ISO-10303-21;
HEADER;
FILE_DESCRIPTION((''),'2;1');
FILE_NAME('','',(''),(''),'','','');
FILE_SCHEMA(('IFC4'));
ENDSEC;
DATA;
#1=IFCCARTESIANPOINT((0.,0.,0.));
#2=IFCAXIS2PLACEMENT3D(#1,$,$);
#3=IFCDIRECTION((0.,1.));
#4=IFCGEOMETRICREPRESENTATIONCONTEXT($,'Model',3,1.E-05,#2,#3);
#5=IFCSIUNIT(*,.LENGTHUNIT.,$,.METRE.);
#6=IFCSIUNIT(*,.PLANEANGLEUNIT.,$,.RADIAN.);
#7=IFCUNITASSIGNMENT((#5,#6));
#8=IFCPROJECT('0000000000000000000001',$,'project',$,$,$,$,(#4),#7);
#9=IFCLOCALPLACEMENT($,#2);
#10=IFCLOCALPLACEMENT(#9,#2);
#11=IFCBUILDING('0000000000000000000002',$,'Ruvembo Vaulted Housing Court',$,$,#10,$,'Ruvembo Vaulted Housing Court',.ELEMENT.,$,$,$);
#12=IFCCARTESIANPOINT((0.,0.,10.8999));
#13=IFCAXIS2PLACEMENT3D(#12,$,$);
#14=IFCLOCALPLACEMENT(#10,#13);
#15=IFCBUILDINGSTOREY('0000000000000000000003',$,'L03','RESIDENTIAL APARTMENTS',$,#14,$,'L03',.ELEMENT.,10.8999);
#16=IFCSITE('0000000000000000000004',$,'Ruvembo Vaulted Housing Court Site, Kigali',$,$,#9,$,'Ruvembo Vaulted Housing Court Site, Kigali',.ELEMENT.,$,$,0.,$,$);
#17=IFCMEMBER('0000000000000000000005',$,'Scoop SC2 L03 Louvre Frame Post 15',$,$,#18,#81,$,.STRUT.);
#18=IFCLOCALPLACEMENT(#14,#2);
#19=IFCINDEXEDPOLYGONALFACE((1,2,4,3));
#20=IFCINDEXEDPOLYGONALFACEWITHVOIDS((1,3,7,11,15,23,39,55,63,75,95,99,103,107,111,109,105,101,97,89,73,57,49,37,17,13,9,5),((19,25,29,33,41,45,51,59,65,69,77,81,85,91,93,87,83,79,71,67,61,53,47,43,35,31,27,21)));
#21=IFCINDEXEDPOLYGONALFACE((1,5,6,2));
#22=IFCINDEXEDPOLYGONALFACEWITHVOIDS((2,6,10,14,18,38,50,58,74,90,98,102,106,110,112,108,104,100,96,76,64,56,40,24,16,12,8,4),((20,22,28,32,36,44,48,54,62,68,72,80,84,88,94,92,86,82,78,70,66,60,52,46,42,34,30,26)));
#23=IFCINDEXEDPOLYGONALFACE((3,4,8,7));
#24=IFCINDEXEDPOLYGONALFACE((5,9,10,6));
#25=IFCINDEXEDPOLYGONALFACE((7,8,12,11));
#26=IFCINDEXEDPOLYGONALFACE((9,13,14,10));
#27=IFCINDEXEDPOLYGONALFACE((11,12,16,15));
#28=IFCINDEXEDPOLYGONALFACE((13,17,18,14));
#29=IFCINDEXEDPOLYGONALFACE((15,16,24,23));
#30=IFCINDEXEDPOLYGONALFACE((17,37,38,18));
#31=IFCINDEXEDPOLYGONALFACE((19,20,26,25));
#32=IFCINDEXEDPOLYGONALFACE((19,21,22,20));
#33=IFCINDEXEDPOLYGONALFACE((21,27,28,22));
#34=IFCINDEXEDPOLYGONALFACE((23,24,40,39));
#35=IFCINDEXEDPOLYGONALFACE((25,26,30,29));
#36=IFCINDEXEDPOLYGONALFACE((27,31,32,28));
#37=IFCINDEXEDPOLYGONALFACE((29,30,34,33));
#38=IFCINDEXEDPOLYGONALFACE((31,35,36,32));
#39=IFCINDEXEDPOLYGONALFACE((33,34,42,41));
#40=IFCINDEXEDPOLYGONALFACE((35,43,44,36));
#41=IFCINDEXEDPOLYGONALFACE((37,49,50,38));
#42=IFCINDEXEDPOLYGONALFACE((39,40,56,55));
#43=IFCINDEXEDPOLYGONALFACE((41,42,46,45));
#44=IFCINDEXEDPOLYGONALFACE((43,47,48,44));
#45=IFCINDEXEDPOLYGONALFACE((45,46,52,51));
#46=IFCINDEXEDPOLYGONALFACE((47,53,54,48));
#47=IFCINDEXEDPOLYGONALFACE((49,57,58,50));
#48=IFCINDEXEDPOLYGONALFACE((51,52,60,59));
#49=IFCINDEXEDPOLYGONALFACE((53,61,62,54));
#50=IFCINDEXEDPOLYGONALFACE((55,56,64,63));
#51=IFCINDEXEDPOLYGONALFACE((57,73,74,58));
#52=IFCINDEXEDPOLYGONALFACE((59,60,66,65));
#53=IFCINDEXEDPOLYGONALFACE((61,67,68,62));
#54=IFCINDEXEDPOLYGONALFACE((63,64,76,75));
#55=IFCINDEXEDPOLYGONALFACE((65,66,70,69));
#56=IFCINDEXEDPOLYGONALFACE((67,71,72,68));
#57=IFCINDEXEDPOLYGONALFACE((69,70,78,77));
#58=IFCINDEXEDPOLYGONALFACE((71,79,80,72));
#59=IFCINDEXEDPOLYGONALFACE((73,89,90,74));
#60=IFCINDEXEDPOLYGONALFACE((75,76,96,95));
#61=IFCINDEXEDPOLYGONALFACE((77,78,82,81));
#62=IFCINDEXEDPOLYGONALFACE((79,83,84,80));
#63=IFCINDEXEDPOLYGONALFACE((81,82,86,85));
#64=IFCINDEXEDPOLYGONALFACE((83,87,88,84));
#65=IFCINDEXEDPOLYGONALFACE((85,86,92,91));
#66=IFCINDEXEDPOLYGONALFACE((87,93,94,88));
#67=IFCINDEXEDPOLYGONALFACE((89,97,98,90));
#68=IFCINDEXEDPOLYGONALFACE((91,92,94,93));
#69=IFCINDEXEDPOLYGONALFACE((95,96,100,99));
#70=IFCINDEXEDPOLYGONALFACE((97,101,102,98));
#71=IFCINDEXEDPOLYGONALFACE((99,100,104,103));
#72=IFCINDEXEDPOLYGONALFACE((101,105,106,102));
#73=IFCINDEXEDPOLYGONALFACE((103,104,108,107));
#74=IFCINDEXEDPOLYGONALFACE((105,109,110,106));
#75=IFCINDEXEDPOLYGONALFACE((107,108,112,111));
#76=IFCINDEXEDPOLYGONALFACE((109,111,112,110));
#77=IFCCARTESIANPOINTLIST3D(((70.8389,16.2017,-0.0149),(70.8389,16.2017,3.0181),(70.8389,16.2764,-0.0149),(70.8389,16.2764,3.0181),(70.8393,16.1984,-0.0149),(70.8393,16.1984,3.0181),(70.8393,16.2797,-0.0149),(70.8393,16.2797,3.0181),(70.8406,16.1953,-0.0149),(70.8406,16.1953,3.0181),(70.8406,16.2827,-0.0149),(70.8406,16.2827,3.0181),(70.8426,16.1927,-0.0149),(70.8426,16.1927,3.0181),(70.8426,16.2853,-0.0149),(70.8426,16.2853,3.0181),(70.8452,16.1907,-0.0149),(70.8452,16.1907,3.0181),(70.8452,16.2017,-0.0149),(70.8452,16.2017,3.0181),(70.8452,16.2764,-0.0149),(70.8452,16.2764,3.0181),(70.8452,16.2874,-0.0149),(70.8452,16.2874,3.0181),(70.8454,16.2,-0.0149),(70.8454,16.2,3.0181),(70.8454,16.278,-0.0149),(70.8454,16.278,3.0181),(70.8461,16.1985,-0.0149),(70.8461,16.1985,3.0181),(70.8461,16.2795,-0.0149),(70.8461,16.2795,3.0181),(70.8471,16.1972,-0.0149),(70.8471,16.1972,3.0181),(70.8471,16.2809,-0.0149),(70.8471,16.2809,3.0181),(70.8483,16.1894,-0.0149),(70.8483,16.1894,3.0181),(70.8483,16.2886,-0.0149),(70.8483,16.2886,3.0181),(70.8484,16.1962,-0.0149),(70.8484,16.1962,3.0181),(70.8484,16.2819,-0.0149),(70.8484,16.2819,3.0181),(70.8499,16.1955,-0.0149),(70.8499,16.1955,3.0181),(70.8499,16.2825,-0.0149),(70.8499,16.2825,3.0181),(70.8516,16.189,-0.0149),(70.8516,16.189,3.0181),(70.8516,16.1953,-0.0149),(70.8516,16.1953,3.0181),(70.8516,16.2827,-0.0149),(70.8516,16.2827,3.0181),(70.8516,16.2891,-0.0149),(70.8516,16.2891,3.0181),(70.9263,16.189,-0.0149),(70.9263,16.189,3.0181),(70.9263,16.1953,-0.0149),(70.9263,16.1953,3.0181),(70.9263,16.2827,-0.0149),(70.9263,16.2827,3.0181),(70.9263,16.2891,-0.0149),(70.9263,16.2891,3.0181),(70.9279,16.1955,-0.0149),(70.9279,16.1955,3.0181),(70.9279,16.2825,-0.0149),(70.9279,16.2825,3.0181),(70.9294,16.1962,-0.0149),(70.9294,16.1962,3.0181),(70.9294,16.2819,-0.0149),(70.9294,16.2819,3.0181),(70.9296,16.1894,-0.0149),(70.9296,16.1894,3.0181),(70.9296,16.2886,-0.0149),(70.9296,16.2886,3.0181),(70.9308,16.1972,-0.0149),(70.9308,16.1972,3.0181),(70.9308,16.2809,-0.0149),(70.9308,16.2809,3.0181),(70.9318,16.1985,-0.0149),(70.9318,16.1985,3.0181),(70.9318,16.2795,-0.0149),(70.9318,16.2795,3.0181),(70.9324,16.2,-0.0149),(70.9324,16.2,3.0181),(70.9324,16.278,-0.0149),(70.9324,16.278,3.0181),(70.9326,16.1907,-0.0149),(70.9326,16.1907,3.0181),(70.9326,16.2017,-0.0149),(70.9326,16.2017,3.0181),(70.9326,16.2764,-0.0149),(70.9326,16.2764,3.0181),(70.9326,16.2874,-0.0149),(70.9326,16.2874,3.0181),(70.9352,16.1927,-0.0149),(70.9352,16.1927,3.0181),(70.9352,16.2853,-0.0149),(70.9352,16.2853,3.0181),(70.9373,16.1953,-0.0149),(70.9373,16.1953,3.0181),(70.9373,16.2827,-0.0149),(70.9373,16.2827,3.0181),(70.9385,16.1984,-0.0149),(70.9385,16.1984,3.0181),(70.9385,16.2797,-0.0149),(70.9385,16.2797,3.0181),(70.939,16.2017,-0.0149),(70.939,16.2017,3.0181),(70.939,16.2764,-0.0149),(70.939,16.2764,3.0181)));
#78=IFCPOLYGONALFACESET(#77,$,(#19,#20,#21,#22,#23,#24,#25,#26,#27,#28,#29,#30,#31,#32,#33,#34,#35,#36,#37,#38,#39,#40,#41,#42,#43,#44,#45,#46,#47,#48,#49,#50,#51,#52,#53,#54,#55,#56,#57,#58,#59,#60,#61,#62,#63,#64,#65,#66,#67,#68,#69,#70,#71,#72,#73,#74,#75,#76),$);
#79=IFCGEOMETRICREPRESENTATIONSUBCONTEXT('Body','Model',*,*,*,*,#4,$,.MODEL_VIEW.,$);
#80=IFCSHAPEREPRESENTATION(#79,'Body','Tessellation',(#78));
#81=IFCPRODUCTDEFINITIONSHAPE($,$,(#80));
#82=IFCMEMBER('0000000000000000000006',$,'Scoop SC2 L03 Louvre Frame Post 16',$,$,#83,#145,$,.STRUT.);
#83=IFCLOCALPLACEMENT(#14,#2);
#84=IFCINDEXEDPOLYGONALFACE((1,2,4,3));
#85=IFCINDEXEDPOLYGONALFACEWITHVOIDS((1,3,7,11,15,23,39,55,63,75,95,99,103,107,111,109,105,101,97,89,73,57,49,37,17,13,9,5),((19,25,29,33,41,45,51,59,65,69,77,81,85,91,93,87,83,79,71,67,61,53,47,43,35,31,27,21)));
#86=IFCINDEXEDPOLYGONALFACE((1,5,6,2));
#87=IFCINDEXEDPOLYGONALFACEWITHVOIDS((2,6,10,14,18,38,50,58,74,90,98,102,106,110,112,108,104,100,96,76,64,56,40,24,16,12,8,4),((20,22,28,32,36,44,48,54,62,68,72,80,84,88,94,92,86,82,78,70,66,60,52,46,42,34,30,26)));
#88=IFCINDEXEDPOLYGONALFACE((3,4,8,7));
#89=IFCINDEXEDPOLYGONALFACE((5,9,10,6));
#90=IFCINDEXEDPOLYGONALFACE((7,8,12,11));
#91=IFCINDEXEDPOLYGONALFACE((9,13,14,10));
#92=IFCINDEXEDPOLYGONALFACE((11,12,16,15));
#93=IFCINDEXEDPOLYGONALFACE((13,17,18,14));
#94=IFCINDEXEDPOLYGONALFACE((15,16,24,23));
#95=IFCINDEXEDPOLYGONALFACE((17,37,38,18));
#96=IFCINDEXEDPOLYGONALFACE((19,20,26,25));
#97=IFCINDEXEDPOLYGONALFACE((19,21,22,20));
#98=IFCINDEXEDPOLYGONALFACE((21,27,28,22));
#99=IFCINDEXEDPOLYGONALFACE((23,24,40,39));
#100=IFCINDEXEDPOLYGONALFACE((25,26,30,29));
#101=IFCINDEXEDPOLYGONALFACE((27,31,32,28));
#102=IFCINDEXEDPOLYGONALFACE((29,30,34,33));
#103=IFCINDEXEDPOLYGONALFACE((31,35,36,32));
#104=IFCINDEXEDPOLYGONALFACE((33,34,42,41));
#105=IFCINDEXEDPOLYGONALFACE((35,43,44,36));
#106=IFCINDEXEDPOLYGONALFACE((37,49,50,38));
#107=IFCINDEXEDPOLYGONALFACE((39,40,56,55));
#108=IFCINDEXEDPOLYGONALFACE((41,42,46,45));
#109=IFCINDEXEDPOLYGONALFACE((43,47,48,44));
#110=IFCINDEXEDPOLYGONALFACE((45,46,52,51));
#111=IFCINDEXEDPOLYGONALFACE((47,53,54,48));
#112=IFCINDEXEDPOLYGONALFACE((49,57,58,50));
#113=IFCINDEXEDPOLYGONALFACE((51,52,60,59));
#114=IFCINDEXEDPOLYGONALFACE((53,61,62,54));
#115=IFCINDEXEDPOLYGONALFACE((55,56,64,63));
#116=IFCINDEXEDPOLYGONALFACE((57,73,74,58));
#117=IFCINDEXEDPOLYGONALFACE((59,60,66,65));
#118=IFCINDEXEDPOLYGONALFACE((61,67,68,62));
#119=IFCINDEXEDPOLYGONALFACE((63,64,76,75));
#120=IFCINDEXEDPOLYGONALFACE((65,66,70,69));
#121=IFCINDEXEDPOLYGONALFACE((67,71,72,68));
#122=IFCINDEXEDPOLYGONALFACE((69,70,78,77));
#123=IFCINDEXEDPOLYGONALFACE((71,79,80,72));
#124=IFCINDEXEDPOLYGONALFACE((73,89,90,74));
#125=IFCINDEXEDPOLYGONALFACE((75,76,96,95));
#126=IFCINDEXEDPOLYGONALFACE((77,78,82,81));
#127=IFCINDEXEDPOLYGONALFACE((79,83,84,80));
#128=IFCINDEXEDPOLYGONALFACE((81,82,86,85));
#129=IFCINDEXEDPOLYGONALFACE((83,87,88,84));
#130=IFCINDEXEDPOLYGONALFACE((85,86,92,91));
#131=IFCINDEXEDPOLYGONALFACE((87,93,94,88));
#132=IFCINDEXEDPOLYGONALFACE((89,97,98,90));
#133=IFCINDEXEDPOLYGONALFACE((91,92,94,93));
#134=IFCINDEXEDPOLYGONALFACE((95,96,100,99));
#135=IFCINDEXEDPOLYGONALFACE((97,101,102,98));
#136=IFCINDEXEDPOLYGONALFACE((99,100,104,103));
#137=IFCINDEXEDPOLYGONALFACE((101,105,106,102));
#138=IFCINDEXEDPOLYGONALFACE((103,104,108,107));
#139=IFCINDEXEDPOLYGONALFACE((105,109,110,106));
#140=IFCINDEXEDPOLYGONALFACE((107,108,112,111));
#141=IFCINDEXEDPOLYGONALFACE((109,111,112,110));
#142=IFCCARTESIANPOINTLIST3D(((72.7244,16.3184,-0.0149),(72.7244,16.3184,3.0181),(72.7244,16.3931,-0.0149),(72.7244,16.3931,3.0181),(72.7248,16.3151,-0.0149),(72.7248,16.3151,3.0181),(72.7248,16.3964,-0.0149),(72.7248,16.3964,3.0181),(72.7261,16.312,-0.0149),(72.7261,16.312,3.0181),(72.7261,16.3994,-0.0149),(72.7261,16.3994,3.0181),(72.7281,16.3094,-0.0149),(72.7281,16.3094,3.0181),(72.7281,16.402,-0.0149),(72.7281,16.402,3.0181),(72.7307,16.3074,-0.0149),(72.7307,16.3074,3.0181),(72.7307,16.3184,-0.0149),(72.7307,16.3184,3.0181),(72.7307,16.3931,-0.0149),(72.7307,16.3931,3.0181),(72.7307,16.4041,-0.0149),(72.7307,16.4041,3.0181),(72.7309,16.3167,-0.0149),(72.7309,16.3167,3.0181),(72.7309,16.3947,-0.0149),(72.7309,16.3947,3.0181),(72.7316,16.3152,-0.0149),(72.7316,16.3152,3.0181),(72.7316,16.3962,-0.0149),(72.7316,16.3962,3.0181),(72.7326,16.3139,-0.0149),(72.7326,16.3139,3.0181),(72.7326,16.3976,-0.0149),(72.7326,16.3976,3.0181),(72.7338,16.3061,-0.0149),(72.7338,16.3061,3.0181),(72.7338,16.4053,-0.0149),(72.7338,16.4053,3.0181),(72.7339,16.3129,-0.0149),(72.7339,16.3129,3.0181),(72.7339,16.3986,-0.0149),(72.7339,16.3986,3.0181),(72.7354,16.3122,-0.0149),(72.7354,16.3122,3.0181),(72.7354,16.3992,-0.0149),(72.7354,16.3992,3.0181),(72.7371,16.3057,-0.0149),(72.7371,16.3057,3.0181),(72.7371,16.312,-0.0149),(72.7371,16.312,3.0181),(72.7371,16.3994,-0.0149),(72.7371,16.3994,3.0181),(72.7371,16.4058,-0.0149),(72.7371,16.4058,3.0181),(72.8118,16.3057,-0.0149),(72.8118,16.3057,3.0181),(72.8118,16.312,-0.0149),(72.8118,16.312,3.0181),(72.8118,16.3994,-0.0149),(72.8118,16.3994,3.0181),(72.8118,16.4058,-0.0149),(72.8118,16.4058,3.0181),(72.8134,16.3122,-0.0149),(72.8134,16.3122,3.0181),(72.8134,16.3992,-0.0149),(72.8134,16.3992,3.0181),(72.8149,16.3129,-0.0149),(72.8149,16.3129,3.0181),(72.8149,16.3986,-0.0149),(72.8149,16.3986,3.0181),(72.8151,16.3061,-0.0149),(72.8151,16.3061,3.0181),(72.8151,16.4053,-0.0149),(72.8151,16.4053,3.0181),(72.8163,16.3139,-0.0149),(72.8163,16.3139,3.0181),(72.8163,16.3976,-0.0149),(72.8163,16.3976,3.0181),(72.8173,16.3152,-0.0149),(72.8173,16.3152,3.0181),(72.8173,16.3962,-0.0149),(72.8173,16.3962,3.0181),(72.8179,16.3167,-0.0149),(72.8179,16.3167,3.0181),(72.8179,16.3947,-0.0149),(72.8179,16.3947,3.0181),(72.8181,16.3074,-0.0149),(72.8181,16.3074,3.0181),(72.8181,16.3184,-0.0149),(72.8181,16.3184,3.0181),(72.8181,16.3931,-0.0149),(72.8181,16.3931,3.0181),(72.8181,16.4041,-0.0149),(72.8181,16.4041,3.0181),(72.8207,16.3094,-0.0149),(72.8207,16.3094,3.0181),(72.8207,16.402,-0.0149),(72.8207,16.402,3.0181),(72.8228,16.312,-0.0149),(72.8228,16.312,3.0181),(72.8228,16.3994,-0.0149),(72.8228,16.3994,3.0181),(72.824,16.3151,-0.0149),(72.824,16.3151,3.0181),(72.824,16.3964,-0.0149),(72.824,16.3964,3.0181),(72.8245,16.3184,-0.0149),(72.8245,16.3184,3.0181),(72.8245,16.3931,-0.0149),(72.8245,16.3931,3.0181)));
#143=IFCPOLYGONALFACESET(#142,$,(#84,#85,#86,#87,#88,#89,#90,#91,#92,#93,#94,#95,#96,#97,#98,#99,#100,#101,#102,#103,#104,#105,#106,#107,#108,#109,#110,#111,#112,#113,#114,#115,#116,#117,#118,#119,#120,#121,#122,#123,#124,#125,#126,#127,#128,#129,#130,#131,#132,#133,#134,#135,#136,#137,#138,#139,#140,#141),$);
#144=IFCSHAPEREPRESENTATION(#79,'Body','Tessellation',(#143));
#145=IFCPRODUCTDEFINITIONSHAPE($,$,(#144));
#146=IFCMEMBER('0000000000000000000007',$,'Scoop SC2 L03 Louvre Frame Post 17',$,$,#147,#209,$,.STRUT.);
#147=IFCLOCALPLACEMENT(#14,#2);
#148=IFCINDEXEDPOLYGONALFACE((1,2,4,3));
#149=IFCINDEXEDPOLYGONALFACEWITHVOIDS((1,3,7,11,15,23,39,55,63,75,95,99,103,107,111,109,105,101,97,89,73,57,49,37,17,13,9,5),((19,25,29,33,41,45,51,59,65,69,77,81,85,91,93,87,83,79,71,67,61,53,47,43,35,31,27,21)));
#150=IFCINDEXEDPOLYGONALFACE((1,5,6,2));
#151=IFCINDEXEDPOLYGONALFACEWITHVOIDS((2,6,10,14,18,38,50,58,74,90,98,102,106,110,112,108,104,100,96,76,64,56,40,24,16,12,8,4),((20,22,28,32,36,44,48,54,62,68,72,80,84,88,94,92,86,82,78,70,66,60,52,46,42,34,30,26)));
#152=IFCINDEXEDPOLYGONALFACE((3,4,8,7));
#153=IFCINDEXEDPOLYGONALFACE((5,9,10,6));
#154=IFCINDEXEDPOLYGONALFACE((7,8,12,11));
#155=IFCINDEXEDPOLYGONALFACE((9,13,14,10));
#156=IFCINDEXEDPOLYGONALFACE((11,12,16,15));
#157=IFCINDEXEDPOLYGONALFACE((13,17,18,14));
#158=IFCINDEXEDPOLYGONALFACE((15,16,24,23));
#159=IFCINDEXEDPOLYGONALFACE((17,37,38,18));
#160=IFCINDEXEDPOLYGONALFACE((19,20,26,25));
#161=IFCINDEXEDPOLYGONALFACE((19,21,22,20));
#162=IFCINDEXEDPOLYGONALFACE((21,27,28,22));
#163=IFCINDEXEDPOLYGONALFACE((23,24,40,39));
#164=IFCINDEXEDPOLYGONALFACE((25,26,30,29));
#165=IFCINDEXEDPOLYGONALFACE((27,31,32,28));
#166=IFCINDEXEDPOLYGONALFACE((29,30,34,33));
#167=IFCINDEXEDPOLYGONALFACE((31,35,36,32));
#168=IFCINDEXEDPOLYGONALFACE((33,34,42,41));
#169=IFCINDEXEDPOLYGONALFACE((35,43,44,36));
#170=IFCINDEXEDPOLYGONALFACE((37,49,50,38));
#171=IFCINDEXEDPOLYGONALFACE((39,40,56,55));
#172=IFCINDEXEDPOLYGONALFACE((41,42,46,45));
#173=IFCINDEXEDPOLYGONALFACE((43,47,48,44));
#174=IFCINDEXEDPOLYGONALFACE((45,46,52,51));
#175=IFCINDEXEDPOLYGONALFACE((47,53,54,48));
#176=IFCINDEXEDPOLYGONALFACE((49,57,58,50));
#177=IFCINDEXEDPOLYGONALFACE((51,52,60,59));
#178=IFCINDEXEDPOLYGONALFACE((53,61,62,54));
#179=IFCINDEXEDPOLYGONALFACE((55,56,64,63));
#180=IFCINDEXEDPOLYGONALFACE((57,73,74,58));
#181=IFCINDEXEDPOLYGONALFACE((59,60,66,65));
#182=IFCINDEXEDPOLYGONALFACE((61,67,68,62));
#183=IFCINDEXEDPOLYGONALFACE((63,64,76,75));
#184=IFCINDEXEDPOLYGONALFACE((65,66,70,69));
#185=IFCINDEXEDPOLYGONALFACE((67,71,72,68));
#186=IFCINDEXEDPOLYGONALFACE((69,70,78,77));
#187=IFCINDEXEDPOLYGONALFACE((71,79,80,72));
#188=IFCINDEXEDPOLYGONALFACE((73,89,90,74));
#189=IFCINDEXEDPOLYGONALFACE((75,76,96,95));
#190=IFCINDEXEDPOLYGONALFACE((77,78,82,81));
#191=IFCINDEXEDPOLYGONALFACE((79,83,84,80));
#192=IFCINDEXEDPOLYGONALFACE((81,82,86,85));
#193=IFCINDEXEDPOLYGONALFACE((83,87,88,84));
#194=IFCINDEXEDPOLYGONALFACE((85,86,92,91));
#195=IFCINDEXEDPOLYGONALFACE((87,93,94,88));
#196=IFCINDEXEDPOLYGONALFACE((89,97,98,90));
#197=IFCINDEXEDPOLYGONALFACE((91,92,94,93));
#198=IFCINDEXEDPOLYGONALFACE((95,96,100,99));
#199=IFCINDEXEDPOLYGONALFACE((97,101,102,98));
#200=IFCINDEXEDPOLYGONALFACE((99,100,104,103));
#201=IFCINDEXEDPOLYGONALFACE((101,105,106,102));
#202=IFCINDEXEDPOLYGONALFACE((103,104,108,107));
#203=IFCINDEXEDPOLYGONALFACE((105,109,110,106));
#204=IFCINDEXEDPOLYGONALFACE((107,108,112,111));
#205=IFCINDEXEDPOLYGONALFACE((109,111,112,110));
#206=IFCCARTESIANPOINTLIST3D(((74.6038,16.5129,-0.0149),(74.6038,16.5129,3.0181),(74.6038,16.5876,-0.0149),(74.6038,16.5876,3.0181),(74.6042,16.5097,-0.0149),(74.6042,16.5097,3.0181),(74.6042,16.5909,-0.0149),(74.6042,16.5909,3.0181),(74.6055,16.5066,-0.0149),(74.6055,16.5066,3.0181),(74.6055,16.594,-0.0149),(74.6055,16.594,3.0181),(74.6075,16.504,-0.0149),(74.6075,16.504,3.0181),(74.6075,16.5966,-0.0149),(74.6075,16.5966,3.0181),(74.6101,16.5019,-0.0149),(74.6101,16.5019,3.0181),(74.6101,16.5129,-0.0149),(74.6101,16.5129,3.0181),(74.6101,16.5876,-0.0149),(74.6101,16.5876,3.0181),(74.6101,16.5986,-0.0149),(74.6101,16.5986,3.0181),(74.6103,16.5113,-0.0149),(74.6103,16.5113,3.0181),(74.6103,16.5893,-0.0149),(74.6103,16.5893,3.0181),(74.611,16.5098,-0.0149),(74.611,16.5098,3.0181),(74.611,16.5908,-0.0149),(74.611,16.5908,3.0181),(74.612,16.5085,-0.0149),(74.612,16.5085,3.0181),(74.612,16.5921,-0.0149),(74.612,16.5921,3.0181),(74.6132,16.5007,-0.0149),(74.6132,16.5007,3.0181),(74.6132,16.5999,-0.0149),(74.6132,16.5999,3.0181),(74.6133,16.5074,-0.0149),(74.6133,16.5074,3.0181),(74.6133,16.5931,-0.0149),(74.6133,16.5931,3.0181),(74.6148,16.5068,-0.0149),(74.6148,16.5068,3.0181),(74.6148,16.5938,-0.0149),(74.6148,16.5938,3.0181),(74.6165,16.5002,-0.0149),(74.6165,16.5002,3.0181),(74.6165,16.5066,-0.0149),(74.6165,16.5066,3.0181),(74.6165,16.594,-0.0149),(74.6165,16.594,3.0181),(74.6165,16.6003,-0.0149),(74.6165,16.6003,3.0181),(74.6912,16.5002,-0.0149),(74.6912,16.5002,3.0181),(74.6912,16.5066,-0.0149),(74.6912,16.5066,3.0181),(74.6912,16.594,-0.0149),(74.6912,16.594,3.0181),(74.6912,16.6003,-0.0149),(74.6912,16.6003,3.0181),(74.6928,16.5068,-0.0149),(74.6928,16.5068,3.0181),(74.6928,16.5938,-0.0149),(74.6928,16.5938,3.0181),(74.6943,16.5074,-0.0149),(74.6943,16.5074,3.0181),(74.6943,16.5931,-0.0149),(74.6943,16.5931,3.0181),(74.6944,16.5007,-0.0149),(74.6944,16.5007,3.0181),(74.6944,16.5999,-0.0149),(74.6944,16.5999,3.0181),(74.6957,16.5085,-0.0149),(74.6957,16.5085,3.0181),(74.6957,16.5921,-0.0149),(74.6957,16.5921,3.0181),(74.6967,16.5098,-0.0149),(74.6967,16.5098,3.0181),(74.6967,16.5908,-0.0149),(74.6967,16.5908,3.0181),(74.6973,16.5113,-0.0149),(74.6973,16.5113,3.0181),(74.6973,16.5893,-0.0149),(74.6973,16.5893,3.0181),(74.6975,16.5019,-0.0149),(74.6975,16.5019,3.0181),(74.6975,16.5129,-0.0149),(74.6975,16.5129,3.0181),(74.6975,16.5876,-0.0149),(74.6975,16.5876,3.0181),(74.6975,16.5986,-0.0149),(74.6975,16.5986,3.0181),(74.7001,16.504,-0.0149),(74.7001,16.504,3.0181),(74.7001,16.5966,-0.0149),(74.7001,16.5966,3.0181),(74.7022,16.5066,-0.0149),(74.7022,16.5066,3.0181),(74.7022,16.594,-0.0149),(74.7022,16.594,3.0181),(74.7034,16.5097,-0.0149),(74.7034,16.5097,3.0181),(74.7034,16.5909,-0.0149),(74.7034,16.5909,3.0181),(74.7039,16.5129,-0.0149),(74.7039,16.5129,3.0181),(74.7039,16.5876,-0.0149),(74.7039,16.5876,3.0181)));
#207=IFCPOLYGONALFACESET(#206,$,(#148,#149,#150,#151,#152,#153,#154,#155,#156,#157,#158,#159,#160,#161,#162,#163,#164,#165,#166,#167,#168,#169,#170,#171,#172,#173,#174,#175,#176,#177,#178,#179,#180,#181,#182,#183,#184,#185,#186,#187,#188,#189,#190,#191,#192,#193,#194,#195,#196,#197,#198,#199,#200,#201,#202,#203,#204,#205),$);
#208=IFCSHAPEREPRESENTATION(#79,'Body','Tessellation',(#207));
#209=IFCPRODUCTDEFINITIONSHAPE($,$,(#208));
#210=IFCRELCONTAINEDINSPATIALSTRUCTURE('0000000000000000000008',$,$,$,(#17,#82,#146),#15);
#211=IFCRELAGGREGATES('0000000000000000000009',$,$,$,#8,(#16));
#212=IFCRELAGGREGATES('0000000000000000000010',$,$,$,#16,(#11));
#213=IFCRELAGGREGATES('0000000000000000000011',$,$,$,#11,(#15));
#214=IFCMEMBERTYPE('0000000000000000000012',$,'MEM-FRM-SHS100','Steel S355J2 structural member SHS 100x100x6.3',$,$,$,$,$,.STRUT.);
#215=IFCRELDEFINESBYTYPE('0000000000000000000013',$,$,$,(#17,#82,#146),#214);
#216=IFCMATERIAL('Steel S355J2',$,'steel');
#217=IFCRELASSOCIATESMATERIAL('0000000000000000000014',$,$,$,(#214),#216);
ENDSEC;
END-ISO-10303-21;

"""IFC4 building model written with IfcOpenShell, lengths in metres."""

from ifc_helpers import new_model, si_unit, direction, frame, origin, origin_2d, place, context, subcontext, project, spatial, hollow_rectangle, extrude, material, material_profile, profile_set, type_object, element, save


model = new_model("IFC4")

# Units and contexts
model_context = context("Model", 3, precision=1e-05, world=origin(), true_north=direction((0.0, 1.0)))
body_context = subcontext(model_context, "Body", "Model", "MODEL_VIEW")
ifc_project = project(units=[si_unit("LENGTHUNIT", "METRE"), si_unit("PLANEANGLEUNIT", "RADIAN")], contexts=[model_context])

# Site, building, storey
site_placement = place(None, origin())
site = spatial("IfcSite", under=ifc_project, at=site_placement, Name="Ruvembo Vaulted Housing Court Site, Kigali", LongName="Ruvembo Vaulted Housing Court Site, Kigali", CompositionType="ELEMENT", RefElevation=0.0)
building_placement = place(site_placement, origin())
building = spatial("IfcBuilding", under=site, at=building_placement, Name="Ruvembo Vaulted Housing Court", LongName="Ruvembo Vaulted Housing Court", CompositionType="ELEMENT")
storey_placement = place(building_placement, frame((0.0, 0.0, 10.8999)))
storey = spatial("IfcBuildingStorey", under=building, at=storey_placement, Name="L03", Description="RESIDENTIAL APARTMENTS", LongName="L03", CompositionType="ELEMENT", Elevation=10.8999)

# Shared definitions
ifc_material_1 = material(Name="Steel S355J2", Category="steel")

# Members
ifc_material_profile_1 = material_profile(ifc_material_1, hollow_rectangle(XDim=0.1001, YDim=0.1001, WallThickness=0.0063, InnerFilletRadius=0.0063, OuterFilletRadius=0.0127, at=origin_2d()), Name="SHS 100x100x6.3")
ifc_profile_set_1 = profile_set([ifc_material_profile_1], Name="Steel S355J2")
member_type_1 = type_object("IfcMemberType", Name="MEM-FRM-SHS100", Description="Steel S355J2 structural member SHS 100x100x6.3", PredefinedType="STRUT", material=ifc_profile_set_1)
for number, where, z_axis, x_axis, name in (
    (1, (70.8889, 16.239, -0.0149), (0.0, 0.0, 1.0), (1.0, 0.0, 0.0), "Scoop SC2 L03 Louvre Frame Post 15"),
    (2, (72.7744, 16.3557, -0.0149), (0.0, 0.0, 1.0), (1.0, 0.0, 0.0), "Scoop SC2 L03 Louvre Frame Post 16"),
    (3, (74.6538, 16.5503, -0.0149), (0.0, 0.0, 1.0), (1.0, 0.0, 0.0), "Scoop SC2 L03 Louvre Frame Post 17"),
):
    element("IfcMember", number, at=place(storey_placement, frame(where, z_axis=z_axis, x_axis=x_axis)), inside=storey, type_object=member_type_1, Name=name, PredefinedType="STRUT", context=body_context, shape_type="SweptSolid", body=[
        extrude(hollow_rectangle(XDim=0.1001, YDim=0.1001, WallThickness=0.0063, InnerFilletRadius=0.0063, OuterFilletRadius=0.0127, at=origin_2d()), origin(), (0.0, 0.0, 1.0), 3.033),
    ])

save(model, "model.ifc")
